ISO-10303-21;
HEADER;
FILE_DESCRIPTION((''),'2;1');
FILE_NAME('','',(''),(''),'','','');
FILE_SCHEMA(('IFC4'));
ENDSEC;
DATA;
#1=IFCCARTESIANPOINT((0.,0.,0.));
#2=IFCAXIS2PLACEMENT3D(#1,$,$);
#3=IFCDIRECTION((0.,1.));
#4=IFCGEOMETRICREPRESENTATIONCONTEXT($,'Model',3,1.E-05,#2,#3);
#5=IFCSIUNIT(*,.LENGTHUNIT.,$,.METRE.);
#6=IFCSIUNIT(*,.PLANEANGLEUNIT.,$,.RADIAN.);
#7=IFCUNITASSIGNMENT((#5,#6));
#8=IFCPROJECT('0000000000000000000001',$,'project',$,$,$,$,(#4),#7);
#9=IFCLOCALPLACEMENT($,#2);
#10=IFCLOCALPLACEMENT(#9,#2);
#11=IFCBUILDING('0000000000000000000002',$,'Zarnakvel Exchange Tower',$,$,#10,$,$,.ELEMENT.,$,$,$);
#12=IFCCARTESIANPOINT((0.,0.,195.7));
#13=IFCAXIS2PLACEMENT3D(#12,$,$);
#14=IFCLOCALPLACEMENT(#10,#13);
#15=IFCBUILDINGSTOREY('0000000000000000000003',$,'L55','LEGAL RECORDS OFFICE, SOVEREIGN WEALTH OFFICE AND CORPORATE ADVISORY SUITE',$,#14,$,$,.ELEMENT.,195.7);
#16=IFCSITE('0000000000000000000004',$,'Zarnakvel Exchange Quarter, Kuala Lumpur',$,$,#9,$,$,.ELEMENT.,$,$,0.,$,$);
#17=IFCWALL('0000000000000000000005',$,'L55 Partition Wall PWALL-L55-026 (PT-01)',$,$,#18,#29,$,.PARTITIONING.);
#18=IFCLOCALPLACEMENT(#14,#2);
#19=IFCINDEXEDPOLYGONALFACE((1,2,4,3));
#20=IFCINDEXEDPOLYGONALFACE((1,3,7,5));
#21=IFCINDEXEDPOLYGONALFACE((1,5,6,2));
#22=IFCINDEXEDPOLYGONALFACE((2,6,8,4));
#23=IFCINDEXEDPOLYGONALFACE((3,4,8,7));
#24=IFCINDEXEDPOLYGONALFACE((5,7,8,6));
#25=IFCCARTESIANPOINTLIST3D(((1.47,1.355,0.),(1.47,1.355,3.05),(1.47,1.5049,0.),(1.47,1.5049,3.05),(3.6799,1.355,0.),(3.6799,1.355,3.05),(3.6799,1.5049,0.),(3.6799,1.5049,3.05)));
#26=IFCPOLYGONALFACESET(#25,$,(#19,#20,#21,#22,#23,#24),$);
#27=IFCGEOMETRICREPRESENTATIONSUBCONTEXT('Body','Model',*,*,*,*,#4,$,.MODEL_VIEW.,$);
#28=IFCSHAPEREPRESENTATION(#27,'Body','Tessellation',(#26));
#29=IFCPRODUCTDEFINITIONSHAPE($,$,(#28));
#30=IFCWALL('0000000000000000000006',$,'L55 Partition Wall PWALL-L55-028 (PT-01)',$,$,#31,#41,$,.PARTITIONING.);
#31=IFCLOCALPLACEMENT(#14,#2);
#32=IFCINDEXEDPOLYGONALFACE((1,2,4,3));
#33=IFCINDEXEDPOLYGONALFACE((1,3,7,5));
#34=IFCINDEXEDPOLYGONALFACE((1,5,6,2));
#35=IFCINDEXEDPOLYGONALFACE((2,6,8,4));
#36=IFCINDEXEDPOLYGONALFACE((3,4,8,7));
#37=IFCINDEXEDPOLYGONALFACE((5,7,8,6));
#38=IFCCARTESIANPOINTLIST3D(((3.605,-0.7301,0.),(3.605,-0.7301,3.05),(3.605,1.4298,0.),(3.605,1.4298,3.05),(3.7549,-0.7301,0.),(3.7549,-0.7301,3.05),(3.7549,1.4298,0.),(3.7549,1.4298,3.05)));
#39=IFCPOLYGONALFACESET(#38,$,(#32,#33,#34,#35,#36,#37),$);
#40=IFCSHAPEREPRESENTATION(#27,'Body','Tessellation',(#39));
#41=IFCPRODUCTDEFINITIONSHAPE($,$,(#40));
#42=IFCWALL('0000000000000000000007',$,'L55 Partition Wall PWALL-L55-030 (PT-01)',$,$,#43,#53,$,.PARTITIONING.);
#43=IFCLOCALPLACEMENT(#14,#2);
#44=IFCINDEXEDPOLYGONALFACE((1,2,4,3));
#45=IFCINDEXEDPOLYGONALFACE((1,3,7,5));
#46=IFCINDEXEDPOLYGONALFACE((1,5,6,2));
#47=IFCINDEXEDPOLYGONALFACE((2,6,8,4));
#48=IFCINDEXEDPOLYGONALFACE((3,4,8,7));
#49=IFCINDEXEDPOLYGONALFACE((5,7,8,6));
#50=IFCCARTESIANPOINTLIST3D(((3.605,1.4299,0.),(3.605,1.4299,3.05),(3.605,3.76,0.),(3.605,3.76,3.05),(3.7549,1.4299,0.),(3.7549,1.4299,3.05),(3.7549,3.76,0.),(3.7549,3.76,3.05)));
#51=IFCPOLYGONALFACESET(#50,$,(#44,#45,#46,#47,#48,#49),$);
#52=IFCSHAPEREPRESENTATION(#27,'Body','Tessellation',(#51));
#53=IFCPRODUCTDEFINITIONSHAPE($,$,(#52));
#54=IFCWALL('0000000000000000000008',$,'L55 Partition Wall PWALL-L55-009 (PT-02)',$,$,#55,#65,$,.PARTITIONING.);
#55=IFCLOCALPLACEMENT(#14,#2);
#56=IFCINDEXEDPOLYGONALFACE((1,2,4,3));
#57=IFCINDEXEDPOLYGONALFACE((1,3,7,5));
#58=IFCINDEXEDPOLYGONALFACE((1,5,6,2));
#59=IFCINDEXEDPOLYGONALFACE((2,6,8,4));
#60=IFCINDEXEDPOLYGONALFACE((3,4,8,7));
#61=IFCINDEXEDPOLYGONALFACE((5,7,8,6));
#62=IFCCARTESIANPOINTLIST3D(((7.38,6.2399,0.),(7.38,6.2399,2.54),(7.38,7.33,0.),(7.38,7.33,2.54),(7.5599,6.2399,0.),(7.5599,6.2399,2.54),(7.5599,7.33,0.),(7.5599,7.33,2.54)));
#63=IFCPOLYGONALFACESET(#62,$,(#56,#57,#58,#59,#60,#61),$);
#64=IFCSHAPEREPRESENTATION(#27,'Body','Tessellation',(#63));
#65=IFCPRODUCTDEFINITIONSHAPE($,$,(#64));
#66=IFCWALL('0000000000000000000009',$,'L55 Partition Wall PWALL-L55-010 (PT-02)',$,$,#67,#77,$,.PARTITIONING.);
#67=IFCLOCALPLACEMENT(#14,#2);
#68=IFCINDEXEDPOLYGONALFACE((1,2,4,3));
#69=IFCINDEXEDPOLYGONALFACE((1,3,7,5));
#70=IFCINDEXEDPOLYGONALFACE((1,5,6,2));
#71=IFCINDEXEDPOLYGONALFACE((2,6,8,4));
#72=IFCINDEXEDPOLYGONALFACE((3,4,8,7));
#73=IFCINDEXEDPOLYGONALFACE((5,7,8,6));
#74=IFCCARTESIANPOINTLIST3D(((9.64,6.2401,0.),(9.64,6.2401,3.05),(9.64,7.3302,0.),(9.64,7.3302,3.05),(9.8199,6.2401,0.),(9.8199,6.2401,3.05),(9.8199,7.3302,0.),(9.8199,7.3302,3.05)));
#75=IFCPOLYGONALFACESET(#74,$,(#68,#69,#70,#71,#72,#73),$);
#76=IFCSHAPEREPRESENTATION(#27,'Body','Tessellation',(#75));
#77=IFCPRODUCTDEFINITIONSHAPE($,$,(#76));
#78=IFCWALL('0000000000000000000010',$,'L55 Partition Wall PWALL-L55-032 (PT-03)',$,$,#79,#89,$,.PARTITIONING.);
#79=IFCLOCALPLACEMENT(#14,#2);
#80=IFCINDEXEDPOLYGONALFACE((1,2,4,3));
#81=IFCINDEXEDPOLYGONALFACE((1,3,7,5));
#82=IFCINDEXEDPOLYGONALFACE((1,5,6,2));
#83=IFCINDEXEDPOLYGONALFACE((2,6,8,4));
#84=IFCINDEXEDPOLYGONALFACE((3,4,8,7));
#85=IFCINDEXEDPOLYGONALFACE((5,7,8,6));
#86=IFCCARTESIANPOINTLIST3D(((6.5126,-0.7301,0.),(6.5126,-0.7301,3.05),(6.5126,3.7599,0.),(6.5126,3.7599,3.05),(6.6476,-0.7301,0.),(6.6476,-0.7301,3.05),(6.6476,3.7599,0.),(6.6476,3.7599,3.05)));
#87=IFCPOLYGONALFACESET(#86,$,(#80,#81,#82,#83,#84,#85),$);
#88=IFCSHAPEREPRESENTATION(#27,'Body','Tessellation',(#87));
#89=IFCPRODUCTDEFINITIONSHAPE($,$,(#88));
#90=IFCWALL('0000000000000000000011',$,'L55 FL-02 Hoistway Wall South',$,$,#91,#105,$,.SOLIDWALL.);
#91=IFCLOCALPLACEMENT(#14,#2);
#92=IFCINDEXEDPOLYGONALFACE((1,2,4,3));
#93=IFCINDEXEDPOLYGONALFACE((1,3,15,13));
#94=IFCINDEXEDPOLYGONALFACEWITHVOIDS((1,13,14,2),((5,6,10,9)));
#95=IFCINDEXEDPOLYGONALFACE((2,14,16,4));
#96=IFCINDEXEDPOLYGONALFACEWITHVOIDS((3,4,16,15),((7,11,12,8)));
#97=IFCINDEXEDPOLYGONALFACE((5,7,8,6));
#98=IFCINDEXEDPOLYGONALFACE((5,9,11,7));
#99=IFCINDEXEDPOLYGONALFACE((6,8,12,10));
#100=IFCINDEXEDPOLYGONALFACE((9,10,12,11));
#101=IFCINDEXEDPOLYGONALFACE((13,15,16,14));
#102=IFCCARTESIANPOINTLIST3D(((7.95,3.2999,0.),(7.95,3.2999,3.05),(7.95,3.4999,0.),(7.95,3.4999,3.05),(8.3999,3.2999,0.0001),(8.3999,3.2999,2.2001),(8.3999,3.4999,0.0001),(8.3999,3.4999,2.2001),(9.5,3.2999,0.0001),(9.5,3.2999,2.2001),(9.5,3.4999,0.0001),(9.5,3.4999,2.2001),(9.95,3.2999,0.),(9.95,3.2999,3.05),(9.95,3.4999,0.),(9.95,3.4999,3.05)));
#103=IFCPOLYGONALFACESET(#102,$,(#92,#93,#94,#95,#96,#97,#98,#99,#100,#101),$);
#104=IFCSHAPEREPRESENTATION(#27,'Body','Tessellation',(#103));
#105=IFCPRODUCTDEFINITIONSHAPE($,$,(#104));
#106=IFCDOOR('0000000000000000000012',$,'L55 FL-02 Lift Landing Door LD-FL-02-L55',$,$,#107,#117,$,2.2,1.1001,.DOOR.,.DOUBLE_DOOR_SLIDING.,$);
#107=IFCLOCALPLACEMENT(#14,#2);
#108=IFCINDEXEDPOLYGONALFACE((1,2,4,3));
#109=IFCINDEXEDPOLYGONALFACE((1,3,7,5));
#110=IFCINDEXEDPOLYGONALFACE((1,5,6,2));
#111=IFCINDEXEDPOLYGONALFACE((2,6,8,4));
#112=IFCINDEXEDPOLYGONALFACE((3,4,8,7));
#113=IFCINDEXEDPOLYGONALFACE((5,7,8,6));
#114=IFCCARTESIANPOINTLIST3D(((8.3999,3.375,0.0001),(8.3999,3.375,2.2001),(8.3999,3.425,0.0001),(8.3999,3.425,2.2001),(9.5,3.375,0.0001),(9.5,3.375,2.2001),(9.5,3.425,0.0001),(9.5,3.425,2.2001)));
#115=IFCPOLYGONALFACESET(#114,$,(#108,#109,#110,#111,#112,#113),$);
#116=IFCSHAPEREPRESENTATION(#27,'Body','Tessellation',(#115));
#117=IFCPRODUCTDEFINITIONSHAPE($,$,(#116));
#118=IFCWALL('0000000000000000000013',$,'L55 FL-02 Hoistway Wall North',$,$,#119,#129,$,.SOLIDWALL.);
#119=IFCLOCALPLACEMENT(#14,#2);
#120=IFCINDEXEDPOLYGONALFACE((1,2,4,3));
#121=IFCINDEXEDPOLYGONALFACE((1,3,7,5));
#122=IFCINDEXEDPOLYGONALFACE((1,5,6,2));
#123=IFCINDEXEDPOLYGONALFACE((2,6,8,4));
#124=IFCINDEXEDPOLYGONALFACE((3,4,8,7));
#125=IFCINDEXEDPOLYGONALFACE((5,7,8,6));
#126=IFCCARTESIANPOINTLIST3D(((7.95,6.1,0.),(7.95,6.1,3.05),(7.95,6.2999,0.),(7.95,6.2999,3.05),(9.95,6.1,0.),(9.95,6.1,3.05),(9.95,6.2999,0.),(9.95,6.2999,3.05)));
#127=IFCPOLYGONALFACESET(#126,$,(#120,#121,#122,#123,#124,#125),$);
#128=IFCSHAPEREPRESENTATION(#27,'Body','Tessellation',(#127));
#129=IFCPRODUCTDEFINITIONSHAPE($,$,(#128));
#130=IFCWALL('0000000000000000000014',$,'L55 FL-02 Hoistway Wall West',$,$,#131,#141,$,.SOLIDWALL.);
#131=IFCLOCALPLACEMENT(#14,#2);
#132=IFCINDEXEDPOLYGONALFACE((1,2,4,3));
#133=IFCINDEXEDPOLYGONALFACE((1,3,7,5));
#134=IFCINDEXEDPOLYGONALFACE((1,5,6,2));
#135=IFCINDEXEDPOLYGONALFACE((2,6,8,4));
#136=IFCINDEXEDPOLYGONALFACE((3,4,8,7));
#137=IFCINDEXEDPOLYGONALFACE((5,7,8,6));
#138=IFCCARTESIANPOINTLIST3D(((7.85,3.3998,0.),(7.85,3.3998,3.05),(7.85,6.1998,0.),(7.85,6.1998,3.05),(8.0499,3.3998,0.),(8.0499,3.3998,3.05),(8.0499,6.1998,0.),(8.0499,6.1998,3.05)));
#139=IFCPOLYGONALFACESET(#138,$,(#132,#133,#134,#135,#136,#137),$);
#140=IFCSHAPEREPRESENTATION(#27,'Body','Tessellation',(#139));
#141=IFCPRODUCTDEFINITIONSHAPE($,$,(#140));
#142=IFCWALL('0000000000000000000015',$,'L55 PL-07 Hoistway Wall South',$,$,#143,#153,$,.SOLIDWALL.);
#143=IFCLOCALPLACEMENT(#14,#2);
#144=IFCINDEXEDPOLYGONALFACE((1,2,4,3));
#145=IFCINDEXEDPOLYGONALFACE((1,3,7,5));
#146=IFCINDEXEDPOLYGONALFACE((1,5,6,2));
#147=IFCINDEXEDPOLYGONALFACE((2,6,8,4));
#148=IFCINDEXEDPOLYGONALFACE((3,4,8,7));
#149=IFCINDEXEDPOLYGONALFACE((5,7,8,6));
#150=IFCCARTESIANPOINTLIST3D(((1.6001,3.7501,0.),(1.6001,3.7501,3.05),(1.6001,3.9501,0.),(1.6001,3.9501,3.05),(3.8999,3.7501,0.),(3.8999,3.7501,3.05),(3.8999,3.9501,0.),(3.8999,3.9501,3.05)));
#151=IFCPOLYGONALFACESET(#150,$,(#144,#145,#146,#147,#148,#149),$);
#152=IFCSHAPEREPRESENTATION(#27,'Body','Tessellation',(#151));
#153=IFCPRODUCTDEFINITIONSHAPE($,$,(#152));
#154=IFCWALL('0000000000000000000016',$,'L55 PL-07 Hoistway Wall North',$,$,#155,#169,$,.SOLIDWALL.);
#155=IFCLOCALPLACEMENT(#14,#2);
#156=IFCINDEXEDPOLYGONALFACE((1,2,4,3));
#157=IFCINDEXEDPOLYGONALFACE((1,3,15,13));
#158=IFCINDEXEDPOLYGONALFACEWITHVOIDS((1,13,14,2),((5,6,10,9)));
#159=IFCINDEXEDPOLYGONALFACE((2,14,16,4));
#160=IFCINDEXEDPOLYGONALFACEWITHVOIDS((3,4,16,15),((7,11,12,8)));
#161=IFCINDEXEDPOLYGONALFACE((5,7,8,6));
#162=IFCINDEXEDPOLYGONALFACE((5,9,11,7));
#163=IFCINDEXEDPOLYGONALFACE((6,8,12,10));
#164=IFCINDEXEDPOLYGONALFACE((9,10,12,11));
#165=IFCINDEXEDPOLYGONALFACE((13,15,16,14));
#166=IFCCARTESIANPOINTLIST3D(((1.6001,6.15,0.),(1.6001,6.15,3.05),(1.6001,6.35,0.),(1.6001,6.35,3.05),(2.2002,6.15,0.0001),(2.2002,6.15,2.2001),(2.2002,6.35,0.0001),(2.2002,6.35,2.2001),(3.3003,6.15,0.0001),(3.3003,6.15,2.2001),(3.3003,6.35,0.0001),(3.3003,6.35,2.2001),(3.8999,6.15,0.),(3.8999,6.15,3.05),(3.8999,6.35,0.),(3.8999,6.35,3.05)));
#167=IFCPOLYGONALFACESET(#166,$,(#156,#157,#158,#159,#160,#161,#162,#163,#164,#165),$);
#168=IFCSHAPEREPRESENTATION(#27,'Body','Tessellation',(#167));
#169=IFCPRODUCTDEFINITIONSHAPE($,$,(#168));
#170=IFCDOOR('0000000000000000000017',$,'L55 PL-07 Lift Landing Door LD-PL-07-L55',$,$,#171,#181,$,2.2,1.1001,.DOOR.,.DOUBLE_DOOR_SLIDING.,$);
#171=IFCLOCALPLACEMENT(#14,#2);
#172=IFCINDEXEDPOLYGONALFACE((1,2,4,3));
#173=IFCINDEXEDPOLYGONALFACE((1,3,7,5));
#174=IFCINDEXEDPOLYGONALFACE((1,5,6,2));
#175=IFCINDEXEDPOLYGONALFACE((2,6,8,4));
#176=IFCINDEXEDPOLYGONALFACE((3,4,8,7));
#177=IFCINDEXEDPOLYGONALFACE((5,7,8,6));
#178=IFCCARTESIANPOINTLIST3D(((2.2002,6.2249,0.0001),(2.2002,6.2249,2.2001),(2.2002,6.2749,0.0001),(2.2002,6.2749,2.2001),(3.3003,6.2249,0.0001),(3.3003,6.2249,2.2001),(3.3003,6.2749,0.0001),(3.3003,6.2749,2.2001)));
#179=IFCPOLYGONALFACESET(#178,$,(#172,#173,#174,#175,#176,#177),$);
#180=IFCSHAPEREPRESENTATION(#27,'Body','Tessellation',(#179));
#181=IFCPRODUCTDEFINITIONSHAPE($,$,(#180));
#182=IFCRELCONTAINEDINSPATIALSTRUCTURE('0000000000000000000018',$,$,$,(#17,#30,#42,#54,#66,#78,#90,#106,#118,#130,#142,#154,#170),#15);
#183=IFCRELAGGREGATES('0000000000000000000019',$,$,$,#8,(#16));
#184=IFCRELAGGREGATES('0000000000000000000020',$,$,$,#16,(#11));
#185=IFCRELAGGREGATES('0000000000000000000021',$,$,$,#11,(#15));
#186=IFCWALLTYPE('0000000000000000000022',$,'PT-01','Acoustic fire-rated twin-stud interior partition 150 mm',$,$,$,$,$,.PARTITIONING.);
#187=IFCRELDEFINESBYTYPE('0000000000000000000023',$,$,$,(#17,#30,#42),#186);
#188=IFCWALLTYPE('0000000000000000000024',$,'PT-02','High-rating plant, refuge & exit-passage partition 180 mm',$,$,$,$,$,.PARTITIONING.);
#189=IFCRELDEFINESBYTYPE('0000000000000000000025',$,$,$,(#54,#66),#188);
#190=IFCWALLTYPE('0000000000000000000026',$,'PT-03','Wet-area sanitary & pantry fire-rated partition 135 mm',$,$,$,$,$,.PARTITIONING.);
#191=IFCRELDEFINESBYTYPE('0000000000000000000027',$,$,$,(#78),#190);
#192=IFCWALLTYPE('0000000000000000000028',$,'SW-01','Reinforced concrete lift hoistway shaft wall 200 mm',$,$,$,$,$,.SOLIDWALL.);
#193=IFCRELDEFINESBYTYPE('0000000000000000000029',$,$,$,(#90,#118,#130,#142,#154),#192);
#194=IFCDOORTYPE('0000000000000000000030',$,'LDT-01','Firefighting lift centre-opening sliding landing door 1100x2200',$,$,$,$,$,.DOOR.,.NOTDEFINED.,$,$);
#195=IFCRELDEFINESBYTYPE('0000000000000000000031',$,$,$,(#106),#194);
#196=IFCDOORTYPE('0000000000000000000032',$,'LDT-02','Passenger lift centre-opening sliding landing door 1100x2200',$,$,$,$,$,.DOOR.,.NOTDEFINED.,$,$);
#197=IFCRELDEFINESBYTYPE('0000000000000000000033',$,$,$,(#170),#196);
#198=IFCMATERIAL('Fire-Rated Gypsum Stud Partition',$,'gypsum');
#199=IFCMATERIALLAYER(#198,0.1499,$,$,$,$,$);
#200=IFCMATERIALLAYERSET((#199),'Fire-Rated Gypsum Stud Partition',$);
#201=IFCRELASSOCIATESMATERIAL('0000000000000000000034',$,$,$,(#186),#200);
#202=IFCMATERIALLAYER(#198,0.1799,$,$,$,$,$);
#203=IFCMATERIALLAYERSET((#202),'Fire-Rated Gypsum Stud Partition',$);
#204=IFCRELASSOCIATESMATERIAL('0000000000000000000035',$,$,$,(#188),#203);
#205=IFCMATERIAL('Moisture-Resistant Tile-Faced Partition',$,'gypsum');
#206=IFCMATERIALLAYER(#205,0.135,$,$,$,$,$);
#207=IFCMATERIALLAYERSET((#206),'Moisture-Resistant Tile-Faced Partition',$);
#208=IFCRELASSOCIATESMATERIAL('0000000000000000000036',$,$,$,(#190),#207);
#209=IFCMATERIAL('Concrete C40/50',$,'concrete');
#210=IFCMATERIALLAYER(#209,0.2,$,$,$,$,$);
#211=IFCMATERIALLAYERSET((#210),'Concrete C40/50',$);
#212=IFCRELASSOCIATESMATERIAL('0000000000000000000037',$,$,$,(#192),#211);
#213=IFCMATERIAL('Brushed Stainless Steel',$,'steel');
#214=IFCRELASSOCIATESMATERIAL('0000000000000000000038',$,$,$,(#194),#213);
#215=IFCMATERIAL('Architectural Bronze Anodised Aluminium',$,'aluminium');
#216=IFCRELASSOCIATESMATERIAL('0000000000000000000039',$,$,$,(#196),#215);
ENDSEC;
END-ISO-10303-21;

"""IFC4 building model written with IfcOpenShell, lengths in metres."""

from ifc_helpers import new_model, si_unit, direction, frame, frame_2d, origin, place, context, subcontext, project, spatial, rectangle, extrude, source, transform, mapped, material, layer, layer_set, type_object, element, fill, save


model = new_model("IFC4")

# Units and contexts
model_context = context("Model", 3, precision=1e-05, world=origin(), true_north=direction((0.0, 1.0)))
body_context = subcontext(model_context, "Body", "Model", "MODEL_VIEW")
ifc_project = project(units=[si_unit("LENGTHUNIT", "METRE"), si_unit("PLANEANGLEUNIT", "RADIAN")], contexts=[model_context])

# Site, building, storey
site_placement = place(None, origin())
site = spatial("IfcSite", under=ifc_project, at=site_placement, Name="Zarnakvel Exchange Quarter, Kuala Lumpur", CompositionType="ELEMENT", RefElevation=0.0)
building_placement = place(site_placement, origin())
building = spatial("IfcBuilding", under=site, at=building_placement, Name="Zarnakvel Exchange Tower", CompositionType="ELEMENT")
storey_placement = place(building_placement, frame((0.0, 0.0, 195.7)))
storey = spatial("IfcBuildingStorey", under=building, at=storey_placement, Name="L55", Description="LEGAL RECORDS OFFICE, SOVEREIGN WEALTH OFFICE AND CORPORATE ADVISORY SUITE", CompositionType="ELEMENT", Elevation=195.7)

# Walls
ifc_material_1 = material(Name="Fire-Rated Gypsum Stud Partition", Category="gypsum")
ifc_layer_1 = layer(ifc_material_1, 0.1499)
ifc_layer_set_1 = layer_set([ifc_layer_1], Name="Fire-Rated Gypsum Stud Partition")
wall_type_1 = type_object("IfcWallType", Name="PT-01", Description="Acoustic fire-rated twin-stud interior partition 150 mm", PredefinedType="PARTITIONING", material=ifc_layer_set_1)
wall_1_placement = place(storey_placement, frame((1.47, 1.4299, 0.0), z_axis=(0.0, 0.0, 1.0), x_axis=(1.0, 0.0, 0.0)))
element("IfcWall", 1, at=wall_1_placement, inside=storey, type_object=wall_type_1, Name="L55 Partition Wall PWALL-L55-026 (PT-01)", PredefinedType="PARTITIONING", context=body_context, shape_type="SweptSolid", body=[
    extrude(rectangle(XDim=2.21, YDim=0.1499, at=frame_2d((1.105, 0.0))), origin(), (0.0, 0.0, 1.0), 3.05),
])
wall_2_placement = place(storey_placement, frame((3.6799, 1.4299, 0.0), z_axis=(0.0, 0.0, 1.0), x_axis=(0.0, -1.0, 0.0)))
element("IfcWall", 2, at=wall_2_placement, inside=storey, type_object=wall_type_1, Name="L55 Partition Wall PWALL-L55-028 (PT-01)", PredefinedType="PARTITIONING", context=body_context, shape_type="SweptSolid", body=[
    extrude(rectangle(XDim=2.1599, YDim=0.1499, at=frame_2d((1.0801, 0.0))), origin(), (0.0, 0.0, 1.0), 3.05),
])

# Walls
wall_3_placement = place(storey_placement, frame((3.6799, 3.76, 0.0), z_axis=(0.0, 0.0, 1.0), x_axis=(0.0, -1.0, 0.0)))
element("IfcWall", 3, at=wall_3_placement, inside=storey, type_object=wall_type_1, Name="L55 Partition Wall PWALL-L55-030 (PT-01)", PredefinedType="PARTITIONING", context=body_context, shape_type="SweptSolid", body=[
    extrude(rectangle(XDim=2.3301, YDim=0.1499, at=frame_2d((1.165, 0.0))), origin(), (0.0, 0.0, 1.0), 3.05),
])
ifc_layer_2 = layer(ifc_material_1, 0.1799)
ifc_layer_set_2 = layer_set([ifc_layer_2], Name="Fire-Rated Gypsum Stud Partition")
wall_type_2 = type_object("IfcWallType", Name="PT-02", Description="High-rating plant, refuge & exit-passage partition 180 mm", PredefinedType="PARTITIONING", material=ifc_layer_set_2)
wall_4_placement = place(storey_placement, frame((7.47, 6.24, 0.0), z_axis=(0.0, 0.0, 1.0), x_axis=(0.0, 1.0, 0.0)))
element("IfcWall", 4, at=wall_4_placement, inside=storey, type_object=wall_type_2, Name="L55 Partition Wall PWALL-L55-009 (PT-02)", PredefinedType="PARTITIONING", context=body_context, shape_type="SweptSolid", body=[
    extrude(rectangle(XDim=1.0901, YDim=0.1799, at=frame_2d((0.5449, 0.0))), origin(), (0.0, 0.0, 1.0), 2.54),
])
wall_5_placement = place(storey_placement, frame((9.73, 7.3301, 0.0), z_axis=(0.0, 0.0, 1.0), x_axis=(0.0, -1.0, 0.0)))
element("IfcWall", 5, at=wall_5_placement, inside=storey, type_object=wall_type_2, Name="L55 Partition Wall PWALL-L55-010 (PT-02)", PredefinedType="PARTITIONING", context=body_context, shape_type="SweptSolid", body=[
    extrude(rectangle(XDim=1.0901, YDim=0.1799, at=frame_2d((0.5449, 0.0))), origin(), (0.0, 0.0, 1.0), 3.05),
])
ifc_material_2 = material(Name="Moisture-Resistant Tile-Faced Partition", Category="gypsum")
ifc_layer_3 = layer(ifc_material_2, 0.135)
ifc_layer_set_3 = layer_set([ifc_layer_3], Name="Moisture-Resistant Tile-Faced Partition")
wall_type_3 = type_object("IfcWallType", Name="PT-03", Description="Wet-area sanitary & pantry fire-rated partition 135 mm", PredefinedType="PARTITIONING", material=ifc_layer_set_3)
wall_6_placement = place(storey_placement, frame((6.5801, 3.76, 0.0), z_axis=(0.0, 0.0, 1.0), x_axis=(0.0, -1.0, 0.0)))
element("IfcWall", 6, at=wall_6_placement, inside=storey, type_object=wall_type_3, Name="L55 Partition Wall PWALL-L55-032 (PT-03)", PredefinedType="PARTITIONING", context=body_context, shape_type="SweptSolid", body=[
    extrude(rectangle(XDim=4.49, YDim=0.135, at=frame_2d((2.2451, 0.0))), origin(), (0.0, 0.0, 1.0), 3.05),
])

# Wall, opening, door
ifc_material_3 = material(Name="Concrete C40/50", Category="concrete")
ifc_layer_4 = layer(ifc_material_3, 0.2)
ifc_layer_set_4 = layer_set([ifc_layer_4], Name="Concrete C40/50")
wall_type_4 = type_object("IfcWallType", Name="SW-01", Description="Reinforced concrete lift hoistway shaft wall 200 mm", PredefinedType="SOLIDWALL", material=ifc_layer_set_4)
wall_7_placement = place(storey_placement, frame((9.95, 3.3999, 0.0), z_axis=(0.0, 0.0, 1.0), x_axis=(-1.0, 0.0, 0.0)))
wall_7 = element("IfcWall", 7, at=wall_7_placement, inside=storey, type_object=wall_type_4, Name="L55 FL-02 Hoistway Wall South", PredefinedType="SOLIDWALL", context=body_context, shape_type="SweptSolid", body=[
    extrude(rectangle(XDim=2.0, YDim=0.2, at=frame_2d((1.0, 0.0))), origin(), (0.0, 0.0, 1.0), 3.05),
])
opening_1_placement = place(wall_7_placement, frame((0.45, 0.0, 0.0)))
opening_1 = element("IfcOpeningElement", 8, at=opening_1_placement, cuts=wall_7, PredefinedType="OPENING", context=body_context, shape_type="SweptSolid", body=[
    extrude(rectangle(XDim=1.1001, YDim=2.2, at=frame_2d((0.55, 1.1001))), frame((0.0, 0.1099, 0.0), z_axis=(0.0, -1.0, 0.0), x_axis=(1.0, 0.0, 0.0)), (0.0, 0.0, 1.0), 0.22),
])
ifc_material_4 = material(Name="Brushed Stainless Steel", Category="steel")
door_type_1 = type_object("IfcDoorType", Name="LDT-01", Description="Firefighting lift centre-opening sliding landing door 1100x2200", OperationType="NOTDEFINED", PredefinedType="DOOR", material=ifc_material_4)
shared_shape_1 = source(origin(), body_context, "Body", "SweptSolid", [
    extrude(rectangle(XDim=1.1001, YDim=2.2, at=frame_2d((0.55, 1.1001))), frame((0.0, 0.0249, 0.0), z_axis=(0.0, -1.0, 0.0), x_axis=(1.0, 0.0, 0.0)), (0.0, 0.0, 1.0), 0.05),
])
door_1_placement = place(opening_1_placement, origin())
door_1 = element("IfcDoor", 9, at=door_1_placement, inside=storey, type_object=door_type_1, Name="L55 FL-02 Lift Landing Door LD-FL-02-L55", OperationType="DOUBLE_DOOR_SLIDING", OverallHeight=2.2, OverallWidth=1.1001, PredefinedType="DOOR", context=body_context, shape_type="MappedRepresentation", body=[
    mapped(shared_shape_1, transform((0.0, 0.0, 0.0), x_axis=(1.0, 0.0, 0.0), y_axis=(0.0, 1.0, 0.0), z_axis=(0.0, 0.0, 1.0), scale=1.0)),
])
fill(opening_1, door_1)

# Walls
wall_8_placement = place(storey_placement, frame((7.95, 6.2, 0.0), z_axis=(0.0, 0.0, 1.0), x_axis=(1.0, 0.0, 0.0)))
element("IfcWall", 10, at=wall_8_placement, inside=storey, type_object=wall_type_4, Name="L55 FL-02 Hoistway Wall North", PredefinedType="SOLIDWALL", context=body_context, shape_type="SweptSolid", body=[
    extrude(rectangle(XDim=2.0, YDim=0.2, at=frame_2d((1.0, 0.0))), origin(), (0.0, 0.0, 1.0), 3.05),
])
wall_9_placement = place(storey_placement, frame((7.95, 3.3999, 0.0), z_axis=(0.0, 0.0, 1.0), x_axis=(0.0, 1.0, 0.0)))
element("IfcWall", 11, at=wall_9_placement, inside=storey, type_object=wall_type_4, Name="L55 FL-02 Hoistway Wall West", PredefinedType="SOLIDWALL", context=body_context, shape_type="SweptSolid", body=[
    extrude(rectangle(XDim=2.8, YDim=0.2, at=frame_2d((1.3999, 0.0))), origin(), (0.0, 0.0, 1.0), 3.05),
])
wall_10_placement = place(storey_placement, frame((3.8999, 3.8501, 0.0), z_axis=(0.0, 0.0, 1.0), x_axis=(-1.0, 0.0, 0.0)))
element("IfcWall", 12, at=wall_10_placement, inside=storey, type_object=wall_type_4, Name="L55 PL-07 Hoistway Wall South", PredefinedType="SOLIDWALL", context=body_context, shape_type="SweptSolid", body=[
    extrude(rectangle(XDim=2.2998, YDim=0.2, at=frame_2d((1.1499, 0.0))), origin(), (0.0, 0.0, 1.0), 3.05),
])

# Wall, opening, door
wall_11_placement = place(storey_placement, frame((1.6001, 6.25, 0.0), z_axis=(0.0, 0.0, 1.0), x_axis=(1.0, 0.0, 0.0)))
wall_11 = element("IfcWall", 13, at=wall_11_placement, inside=storey, type_object=wall_type_4, Name="L55 PL-07 Hoistway Wall North", PredefinedType="SOLIDWALL", context=body_context, shape_type="SweptSolid", body=[
    extrude(rectangle(XDim=2.2998, YDim=0.2, at=frame_2d((1.1499, 0.0))), origin(), (0.0, 0.0, 1.0), 3.05),
])
opening_2_placement = place(wall_11_placement, frame((0.6001, 0.0, 0.0)))
opening_2 = element("IfcOpeningElement", 14, at=opening_2_placement, cuts=wall_11, PredefinedType="OPENING", context=body_context, shape_type="SweptSolid", body=[
    extrude(rectangle(XDim=1.1001, YDim=2.2, at=frame_2d((0.55, 1.1001))), frame((0.0, 0.1099, 0.0), z_axis=(0.0, -1.0, 0.0), x_axis=(1.0, 0.0, 0.0)), (0.0, 0.0, 1.0), 0.22),
])
ifc_material_5 = material(Name="Architectural Bronze Anodised Aluminium", Category="aluminium")
door_type_2 = type_object("IfcDoorType", Name="LDT-02", Description="Passenger lift centre-opening sliding landing door 1100x2200", OperationType="NOTDEFINED", PredefinedType="DOOR", material=ifc_material_5)
door_2_placement = place(opening_2_placement, origin())
door_2 = element("IfcDoor", 15, at=door_2_placement, inside=storey, type_object=door_type_2, Name="L55 PL-07 Lift Landing Door LD-PL-07-L55", OperationType="DOUBLE_DOOR_SLIDING", OverallHeight=2.2, OverallWidth=1.1001, PredefinedType="DOOR", context=body_context, shape_type="MappedRepresentation", body=[
    mapped(shared_shape_1, transform((0.0, 0.0, 0.0), x_axis=(1.0, 0.0, 0.0), y_axis=(0.0, 1.0, 0.0), z_axis=(0.0, 0.0, 1.0), scale=1.0)),
])
fill(opening_2, door_2)

save(model, "model.ifc")
